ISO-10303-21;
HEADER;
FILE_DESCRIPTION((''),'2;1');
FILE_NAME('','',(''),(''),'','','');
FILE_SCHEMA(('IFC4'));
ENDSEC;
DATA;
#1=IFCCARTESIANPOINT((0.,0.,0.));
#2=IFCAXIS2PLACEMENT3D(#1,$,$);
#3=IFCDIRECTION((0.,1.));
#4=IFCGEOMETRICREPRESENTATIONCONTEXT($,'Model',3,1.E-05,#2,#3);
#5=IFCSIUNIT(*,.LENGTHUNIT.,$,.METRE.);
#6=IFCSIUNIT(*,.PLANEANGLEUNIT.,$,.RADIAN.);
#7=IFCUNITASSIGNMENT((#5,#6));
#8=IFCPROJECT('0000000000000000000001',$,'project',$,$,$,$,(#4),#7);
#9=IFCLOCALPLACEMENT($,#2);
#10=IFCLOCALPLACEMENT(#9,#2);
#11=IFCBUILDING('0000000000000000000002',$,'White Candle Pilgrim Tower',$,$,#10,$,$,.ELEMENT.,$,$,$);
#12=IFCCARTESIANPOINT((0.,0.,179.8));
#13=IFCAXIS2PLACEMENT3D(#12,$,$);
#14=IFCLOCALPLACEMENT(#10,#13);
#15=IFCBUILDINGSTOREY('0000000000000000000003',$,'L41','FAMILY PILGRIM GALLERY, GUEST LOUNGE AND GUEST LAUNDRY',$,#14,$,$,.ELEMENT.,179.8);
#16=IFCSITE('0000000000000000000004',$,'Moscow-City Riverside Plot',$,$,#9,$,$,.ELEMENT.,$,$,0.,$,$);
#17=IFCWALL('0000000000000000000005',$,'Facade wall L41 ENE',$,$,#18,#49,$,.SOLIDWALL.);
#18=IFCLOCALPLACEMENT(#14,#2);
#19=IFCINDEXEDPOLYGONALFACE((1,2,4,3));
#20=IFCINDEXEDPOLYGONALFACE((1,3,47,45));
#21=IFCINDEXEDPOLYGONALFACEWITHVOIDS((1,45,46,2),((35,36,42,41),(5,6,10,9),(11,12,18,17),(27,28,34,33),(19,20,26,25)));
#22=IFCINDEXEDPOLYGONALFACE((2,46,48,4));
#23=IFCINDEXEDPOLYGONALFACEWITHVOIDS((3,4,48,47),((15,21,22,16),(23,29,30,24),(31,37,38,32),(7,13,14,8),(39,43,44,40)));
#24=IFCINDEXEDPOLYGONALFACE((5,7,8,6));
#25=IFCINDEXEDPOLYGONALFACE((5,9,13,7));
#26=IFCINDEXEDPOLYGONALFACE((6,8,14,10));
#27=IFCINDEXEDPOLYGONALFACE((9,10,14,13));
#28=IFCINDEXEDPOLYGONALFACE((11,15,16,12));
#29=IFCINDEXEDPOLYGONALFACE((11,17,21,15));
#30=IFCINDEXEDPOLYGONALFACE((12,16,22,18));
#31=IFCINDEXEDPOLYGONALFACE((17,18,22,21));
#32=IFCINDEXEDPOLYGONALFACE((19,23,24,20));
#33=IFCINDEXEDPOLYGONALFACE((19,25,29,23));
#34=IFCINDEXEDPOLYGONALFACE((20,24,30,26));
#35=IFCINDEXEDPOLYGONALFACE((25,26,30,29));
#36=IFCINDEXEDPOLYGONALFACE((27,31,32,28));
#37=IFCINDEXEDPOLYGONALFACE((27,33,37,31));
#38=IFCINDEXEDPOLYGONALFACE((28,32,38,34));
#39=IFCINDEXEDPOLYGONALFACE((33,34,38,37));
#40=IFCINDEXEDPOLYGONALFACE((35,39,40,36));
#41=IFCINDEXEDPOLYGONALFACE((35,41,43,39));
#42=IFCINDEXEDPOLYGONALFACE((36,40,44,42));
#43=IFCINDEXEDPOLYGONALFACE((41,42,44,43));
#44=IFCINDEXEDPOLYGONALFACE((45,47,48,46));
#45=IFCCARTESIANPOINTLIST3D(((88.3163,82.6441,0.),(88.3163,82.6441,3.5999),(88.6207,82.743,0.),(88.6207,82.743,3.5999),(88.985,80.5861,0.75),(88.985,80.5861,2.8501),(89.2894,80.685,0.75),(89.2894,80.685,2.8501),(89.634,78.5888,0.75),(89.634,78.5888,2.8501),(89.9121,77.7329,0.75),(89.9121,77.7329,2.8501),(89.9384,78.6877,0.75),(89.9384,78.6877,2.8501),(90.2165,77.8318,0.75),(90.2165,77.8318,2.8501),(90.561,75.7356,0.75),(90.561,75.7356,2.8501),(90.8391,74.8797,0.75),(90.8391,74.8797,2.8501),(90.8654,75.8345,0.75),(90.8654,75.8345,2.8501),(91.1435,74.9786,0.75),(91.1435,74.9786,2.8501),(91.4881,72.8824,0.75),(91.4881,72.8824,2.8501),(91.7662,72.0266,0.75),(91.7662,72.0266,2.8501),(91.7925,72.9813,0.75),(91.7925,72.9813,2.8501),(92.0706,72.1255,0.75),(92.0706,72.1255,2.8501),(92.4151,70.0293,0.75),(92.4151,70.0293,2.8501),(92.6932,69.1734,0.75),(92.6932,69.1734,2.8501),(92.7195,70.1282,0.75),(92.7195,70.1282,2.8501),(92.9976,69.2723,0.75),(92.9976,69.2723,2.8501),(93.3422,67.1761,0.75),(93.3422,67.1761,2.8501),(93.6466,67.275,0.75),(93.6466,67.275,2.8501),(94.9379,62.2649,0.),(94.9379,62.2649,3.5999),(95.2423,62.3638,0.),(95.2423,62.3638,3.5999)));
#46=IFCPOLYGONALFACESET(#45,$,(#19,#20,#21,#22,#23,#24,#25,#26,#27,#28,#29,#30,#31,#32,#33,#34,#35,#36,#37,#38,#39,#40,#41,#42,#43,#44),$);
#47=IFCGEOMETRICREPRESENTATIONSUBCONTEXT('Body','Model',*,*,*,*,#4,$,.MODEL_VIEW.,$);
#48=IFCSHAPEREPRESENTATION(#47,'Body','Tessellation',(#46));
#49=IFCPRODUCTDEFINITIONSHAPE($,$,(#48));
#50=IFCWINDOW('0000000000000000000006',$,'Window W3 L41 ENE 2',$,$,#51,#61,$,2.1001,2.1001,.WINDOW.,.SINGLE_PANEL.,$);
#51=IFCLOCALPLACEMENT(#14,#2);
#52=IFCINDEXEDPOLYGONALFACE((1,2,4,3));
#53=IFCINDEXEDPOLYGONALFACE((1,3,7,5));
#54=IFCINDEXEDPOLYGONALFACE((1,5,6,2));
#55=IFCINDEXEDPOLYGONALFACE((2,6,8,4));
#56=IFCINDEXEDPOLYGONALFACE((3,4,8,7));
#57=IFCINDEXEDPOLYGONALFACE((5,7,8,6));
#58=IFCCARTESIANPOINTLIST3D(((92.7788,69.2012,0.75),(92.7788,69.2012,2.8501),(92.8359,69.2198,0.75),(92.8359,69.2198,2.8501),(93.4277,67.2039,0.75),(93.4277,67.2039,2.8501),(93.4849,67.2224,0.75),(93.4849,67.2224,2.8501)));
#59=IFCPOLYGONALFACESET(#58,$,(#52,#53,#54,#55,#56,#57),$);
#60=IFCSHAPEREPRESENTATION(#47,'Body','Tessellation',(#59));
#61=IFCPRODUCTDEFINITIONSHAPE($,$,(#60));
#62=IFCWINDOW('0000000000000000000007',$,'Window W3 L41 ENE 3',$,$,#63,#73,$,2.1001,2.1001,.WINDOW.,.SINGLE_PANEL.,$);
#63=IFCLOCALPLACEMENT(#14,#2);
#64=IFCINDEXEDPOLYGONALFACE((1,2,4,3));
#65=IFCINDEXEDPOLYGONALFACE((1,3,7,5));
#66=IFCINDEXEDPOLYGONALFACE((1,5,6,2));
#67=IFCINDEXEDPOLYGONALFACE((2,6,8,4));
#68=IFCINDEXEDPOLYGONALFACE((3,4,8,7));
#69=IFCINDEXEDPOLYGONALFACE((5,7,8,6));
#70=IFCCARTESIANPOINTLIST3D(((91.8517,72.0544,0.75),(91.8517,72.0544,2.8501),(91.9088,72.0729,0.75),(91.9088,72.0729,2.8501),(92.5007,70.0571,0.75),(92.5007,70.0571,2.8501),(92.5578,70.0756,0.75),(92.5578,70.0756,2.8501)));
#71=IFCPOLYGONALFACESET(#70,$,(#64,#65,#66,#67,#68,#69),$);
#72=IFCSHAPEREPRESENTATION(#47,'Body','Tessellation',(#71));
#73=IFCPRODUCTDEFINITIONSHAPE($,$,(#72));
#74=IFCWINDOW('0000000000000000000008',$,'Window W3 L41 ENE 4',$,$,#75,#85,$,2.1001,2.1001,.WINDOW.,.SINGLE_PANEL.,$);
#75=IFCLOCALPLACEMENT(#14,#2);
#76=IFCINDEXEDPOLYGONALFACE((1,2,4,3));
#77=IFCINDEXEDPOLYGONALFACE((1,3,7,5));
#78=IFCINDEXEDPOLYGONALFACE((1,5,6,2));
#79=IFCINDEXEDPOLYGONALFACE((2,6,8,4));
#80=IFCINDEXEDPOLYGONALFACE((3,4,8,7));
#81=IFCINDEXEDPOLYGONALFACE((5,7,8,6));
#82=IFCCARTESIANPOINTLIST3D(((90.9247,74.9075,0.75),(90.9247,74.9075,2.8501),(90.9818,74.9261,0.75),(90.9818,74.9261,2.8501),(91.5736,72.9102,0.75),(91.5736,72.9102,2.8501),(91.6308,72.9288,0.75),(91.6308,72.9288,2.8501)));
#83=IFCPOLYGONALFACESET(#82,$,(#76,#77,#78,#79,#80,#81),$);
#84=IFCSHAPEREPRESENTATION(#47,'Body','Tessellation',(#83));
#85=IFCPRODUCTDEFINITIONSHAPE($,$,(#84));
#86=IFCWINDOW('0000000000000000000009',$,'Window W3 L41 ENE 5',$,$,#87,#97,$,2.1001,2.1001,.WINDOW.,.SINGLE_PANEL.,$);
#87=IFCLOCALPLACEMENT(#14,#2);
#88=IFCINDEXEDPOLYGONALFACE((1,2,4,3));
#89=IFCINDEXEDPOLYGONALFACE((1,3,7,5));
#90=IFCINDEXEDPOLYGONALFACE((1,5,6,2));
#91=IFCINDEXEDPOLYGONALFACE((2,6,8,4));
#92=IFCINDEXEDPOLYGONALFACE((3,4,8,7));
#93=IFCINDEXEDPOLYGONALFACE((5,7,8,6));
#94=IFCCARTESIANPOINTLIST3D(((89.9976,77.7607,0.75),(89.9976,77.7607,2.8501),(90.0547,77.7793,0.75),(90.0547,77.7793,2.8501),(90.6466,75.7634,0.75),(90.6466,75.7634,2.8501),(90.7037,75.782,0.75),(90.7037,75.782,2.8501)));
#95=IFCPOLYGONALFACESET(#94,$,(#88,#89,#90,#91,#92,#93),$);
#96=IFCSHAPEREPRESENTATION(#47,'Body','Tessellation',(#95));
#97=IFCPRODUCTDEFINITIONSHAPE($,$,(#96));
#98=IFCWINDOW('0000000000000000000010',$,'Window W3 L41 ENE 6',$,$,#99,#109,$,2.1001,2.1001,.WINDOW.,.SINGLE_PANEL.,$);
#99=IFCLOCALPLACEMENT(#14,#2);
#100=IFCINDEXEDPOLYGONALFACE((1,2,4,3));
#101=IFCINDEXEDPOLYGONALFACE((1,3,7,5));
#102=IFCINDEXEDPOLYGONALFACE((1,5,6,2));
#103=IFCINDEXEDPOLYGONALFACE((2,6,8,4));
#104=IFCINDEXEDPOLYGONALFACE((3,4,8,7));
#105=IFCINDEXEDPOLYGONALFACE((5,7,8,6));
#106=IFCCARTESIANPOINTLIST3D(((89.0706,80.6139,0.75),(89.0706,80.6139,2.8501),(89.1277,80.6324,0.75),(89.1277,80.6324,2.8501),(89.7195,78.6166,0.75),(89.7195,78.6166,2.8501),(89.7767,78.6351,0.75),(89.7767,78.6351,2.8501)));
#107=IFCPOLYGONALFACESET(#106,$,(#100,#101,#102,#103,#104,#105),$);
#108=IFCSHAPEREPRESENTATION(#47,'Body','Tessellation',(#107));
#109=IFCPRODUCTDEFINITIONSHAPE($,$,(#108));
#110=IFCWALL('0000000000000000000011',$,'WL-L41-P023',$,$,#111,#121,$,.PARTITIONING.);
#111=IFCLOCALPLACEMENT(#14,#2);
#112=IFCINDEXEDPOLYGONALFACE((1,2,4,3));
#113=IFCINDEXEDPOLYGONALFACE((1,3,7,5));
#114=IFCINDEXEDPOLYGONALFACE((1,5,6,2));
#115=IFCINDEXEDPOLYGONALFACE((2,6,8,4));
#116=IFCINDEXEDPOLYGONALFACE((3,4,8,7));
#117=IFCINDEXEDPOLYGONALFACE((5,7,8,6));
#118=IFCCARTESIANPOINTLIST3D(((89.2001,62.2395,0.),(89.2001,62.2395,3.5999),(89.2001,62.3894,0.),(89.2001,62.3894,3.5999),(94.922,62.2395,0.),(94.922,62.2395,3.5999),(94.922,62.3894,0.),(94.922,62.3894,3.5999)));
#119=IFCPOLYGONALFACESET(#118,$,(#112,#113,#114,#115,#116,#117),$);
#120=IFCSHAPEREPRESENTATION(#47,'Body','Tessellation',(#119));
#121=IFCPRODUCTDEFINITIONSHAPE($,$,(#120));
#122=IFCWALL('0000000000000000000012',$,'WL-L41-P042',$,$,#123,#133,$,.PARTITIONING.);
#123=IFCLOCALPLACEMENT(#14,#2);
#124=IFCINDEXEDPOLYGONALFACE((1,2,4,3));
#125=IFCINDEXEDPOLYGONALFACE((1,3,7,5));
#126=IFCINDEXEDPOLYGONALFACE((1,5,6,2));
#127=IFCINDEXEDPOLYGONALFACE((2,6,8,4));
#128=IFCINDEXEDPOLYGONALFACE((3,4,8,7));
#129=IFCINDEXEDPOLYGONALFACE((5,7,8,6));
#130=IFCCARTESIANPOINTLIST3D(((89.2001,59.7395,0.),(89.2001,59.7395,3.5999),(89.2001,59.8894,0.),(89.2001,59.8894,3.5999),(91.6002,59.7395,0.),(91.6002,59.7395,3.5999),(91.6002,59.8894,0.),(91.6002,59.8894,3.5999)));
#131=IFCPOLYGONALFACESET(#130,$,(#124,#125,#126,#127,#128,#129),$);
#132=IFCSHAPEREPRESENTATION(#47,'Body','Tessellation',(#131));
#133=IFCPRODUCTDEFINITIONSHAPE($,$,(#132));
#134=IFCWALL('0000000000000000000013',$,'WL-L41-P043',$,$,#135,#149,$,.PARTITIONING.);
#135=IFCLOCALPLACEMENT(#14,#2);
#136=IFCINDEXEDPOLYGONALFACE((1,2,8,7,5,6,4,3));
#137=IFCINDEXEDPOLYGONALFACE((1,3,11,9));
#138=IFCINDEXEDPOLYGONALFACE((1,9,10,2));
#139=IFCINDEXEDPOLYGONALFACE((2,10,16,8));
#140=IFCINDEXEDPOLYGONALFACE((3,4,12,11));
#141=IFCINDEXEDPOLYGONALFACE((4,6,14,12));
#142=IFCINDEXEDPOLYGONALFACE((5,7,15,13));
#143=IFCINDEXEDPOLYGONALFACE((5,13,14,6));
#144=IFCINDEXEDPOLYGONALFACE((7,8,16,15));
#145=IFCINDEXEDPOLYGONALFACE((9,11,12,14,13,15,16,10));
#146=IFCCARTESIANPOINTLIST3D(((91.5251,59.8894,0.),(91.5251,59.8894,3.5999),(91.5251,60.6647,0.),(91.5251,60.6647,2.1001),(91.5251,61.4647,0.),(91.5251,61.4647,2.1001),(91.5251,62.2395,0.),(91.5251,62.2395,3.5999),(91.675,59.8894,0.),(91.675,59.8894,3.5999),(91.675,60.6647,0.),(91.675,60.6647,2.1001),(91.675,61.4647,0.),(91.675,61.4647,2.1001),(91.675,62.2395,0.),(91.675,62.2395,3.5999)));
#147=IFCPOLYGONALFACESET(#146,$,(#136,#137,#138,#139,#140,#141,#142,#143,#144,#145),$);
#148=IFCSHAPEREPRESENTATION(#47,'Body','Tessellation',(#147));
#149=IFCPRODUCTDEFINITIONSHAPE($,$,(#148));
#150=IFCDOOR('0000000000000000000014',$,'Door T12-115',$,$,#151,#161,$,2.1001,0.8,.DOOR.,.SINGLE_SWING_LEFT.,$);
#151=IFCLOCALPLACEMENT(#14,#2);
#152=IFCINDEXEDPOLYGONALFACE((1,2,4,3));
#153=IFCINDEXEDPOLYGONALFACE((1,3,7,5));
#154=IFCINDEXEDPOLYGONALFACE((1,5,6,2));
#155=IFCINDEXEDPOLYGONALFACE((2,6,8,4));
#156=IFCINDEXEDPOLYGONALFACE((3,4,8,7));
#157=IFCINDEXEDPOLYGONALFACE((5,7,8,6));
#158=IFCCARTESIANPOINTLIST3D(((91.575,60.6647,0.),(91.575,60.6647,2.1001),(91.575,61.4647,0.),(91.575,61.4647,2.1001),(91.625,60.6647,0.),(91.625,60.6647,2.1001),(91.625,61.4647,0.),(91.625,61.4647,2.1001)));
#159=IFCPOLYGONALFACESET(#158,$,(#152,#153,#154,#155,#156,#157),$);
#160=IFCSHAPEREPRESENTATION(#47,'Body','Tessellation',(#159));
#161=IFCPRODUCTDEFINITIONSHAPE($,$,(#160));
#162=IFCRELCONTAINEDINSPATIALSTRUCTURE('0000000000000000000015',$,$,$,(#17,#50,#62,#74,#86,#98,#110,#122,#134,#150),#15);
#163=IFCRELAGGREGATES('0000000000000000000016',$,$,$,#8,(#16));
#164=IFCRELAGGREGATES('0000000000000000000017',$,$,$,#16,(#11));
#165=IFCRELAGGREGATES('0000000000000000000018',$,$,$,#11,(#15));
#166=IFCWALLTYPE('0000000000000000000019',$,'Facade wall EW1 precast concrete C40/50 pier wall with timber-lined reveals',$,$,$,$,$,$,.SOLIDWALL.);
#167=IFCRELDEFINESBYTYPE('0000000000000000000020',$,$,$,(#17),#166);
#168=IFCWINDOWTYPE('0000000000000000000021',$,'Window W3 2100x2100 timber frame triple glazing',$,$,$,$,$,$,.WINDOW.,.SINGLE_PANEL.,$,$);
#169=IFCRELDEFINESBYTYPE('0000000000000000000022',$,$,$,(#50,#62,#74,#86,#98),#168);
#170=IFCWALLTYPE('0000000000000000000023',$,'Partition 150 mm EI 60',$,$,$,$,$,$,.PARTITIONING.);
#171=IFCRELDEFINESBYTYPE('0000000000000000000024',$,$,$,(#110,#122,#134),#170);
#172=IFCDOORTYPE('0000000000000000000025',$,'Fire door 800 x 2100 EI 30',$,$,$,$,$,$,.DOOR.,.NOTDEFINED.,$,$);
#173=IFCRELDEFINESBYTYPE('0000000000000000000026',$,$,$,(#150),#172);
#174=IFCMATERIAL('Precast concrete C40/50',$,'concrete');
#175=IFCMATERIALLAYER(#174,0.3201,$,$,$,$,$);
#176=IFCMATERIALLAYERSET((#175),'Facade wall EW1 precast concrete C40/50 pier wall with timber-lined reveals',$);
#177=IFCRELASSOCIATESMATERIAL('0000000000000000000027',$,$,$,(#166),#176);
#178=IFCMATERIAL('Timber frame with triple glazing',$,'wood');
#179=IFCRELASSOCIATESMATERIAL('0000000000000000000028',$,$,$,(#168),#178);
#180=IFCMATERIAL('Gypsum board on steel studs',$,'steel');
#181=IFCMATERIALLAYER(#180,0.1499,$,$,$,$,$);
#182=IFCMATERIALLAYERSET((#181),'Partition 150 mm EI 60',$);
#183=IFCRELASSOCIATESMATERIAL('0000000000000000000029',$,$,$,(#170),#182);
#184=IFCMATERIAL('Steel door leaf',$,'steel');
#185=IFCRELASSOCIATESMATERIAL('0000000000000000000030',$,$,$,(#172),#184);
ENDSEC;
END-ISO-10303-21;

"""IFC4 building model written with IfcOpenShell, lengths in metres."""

from ifc_helpers import new_model, si_unit, direction, frame, frame_2d, origin, place, context, subcontext, project, spatial, rectangle, extrude, material, layer, layer_set, type_object, element, fill, save


model = new_model("IFC4")

# Units and contexts
model_context = context("Model", 3, precision=1e-05, world=origin(), true_north=direction((0.0, 1.0)))
body_context = subcontext(model_context, "Body", "Model", "MODEL_VIEW")
ifc_project = project(units=[si_unit("LENGTHUNIT", "METRE"), si_unit("PLANEANGLEUNIT", "RADIAN")], contexts=[model_context])

# Site, building, storey
site_placement = place(None, origin())
site = spatial("IfcSite", under=ifc_project, at=site_placement, Name="Moscow-City Riverside Plot", CompositionType="ELEMENT", RefElevation=0.0)
building_placement = place(site_placement, origin())
building = spatial("IfcBuilding", under=site, at=building_placement, Name="White Candle Pilgrim Tower", CompositionType="ELEMENT")
storey_placement = place(building_placement, frame((0.0, 0.0, 179.8)))
storey = spatial("IfcBuildingStorey", under=building, at=storey_placement, Name="L41", Description="FAMILY PILGRIM GALLERY, GUEST LOUNGE AND GUEST LAUNDRY", CompositionType="ELEMENT", Elevation=179.8)

# Shared definitions
ifc_material_1 = material(Name="Gypsum board on steel studs", Category="steel")
ifc_material_2 = material(Name="Steel door leaf", Category="steel")

# Wall, openings, windows
ifc_material_3 = material(Name="Precast concrete C40/50", Category="concrete")
ifc_layer_1 = layer(ifc_material_3, 0.3201)
ifc_layer_set_1 = layer_set([ifc_layer_1], Name="Facade wall EW1 precast concrete C40/50 pier wall with timber-lined reveals")
wall_type_1 = type_object("IfcWallType", Name="Facade wall EW1 precast concrete C40/50 pier wall with timber-lined reveals", PredefinedType="SOLIDWALL", material=ifc_layer_set_1)
wall_1_placement = place(storey_placement, frame((95.0901, 62.3145, 0.0), z_axis=(0.0, 0.0, 1.0), x_axis=(-0.309017, 0.951057, 0.0)))
wall_1 = element("IfcWall", 1, at=wall_1_placement, inside=storey, type_object=wall_type_1, Name="Facade wall L41 ENE", PredefinedType="SOLIDWALL", context=body_context, shape_type="SweptSolid", body=[
    extrude(rectangle(XDim=21.428, YDim=0.3201, at=frame_2d((10.7139, 0.0))), origin(), (0.0, 0.0, 1.0), 3.5999),
])
opening_1_placement = place(wall_1_placement, frame((5.1638, 0.0, 0.75)))
opening_1 = element("IfcOpeningElement", 2, at=opening_1_placement, cuts=wall_1, PredefinedType="OPENING", context=body_context, shape_type="SweptSolid", body=[
    extrude(rectangle(XDim=2.1001, YDim=2.1001, at=frame_2d((1.05, 1.05))), frame((0.0, 0.1699, 0.0), z_axis=(0.0, -1.0, 0.0), x_axis=(1.0, 0.0, 0.0)), (0.0, 0.0, 1.0), 0.3401),
])
opening_2_placement = place(wall_1_placement, frame((8.1638, 0.0, 0.75)))
opening_2 = element("IfcOpeningElement", 3, at=opening_2_placement, cuts=wall_1, PredefinedType="OPENING", context=body_context, shape_type="SweptSolid", body=[
    extrude(rectangle(XDim=2.1001, YDim=2.1001, at=frame_2d((1.05, 1.05))), frame((0.0, 0.1699, 0.0), z_axis=(0.0, -1.0, 0.0), x_axis=(1.0, 0.0, 0.0)), (0.0, 0.0, 1.0), 0.3401),
])
opening_3_placement = place(wall_1_placement, frame((11.1638, 0.0, 0.75)))
opening_3 = element("IfcOpeningElement", 4, at=opening_3_placement, cuts=wall_1, PredefinedType="OPENING", context=body_context, shape_type="SweptSolid", body=[
    extrude(rectangle(XDim=2.1001, YDim=2.1001, at=frame_2d((1.05, 1.05))), frame((0.0, 0.1699, 0.0), z_axis=(0.0, -1.0, 0.0), x_axis=(1.0, 0.0, 0.0)), (0.0, 0.0, 1.0), 0.3401),
])
opening_4_placement = place(wall_1_placement, frame((14.1638, 0.0, 0.75)))
opening_4 = element("IfcOpeningElement", 5, at=opening_4_placement, cuts=wall_1, PredefinedType="OPENING", context=body_context, shape_type="SweptSolid", body=[
    extrude(rectangle(XDim=2.1001, YDim=2.1001, at=frame_2d((1.05, 1.05))), frame((0.0, 0.1699, 0.0), z_axis=(0.0, -1.0, 0.0), x_axis=(1.0, 0.0, 0.0)), (0.0, 0.0, 1.0), 0.3401),
])
opening_5_placement = place(wall_1_placement, frame((17.1638, 0.0, 0.75)))
opening_5 = element("IfcOpeningElement", 6, at=opening_5_placement, cuts=wall_1, PredefinedType="OPENING", context=body_context, shape_type="SweptSolid", body=[
    extrude(rectangle(XDim=2.1001, YDim=2.1001, at=frame_2d((1.05, 1.05))), frame((0.0, 0.1699, 0.0), z_axis=(0.0, -1.0, 0.0), x_axis=(1.0, 0.0, 0.0)), (0.0, 0.0, 1.0), 0.3401),
])
ifc_material_4 = material(Name="Timber frame with triple glazing", Category="wood")
window_type = type_object("IfcWindowType", Name="Window W3 2100x2100 timber frame triple glazing", PartitioningType="SINGLE_PANEL", PredefinedType="WINDOW", material=ifc_material_4)
window_1_placement = place(opening_1_placement, origin())
window_1 = element("IfcWindow", 7, at=window_1_placement, inside=storey, type_object=window_type, Name="Window W3 L41 ENE 2", OverallHeight=2.1001, OverallWidth=2.1001, PartitioningType="SINGLE_PANEL", PredefinedType="WINDOW", context=body_context, shape_type="SweptSolid", body=[
    extrude(rectangle(XDim=2.1001, YDim=2.1001, at=frame_2d((1.05, 1.05))), frame((0.0, 0.0701, 0.0), z_axis=(0.0, -1.0, 0.0), x_axis=(1.0, 0.0, 0.0)), (0.0, 0.0, 1.0), 0.0601),
])
fill(opening_1, window_1)
window_2_placement = place(opening_2_placement, origin())
window_2 = element("IfcWindow", 8, at=window_2_placement, inside=storey, type_object=window_type, Name="Window W3 L41 ENE 3", OverallHeight=2.1001, OverallWidth=2.1001, PartitioningType="SINGLE_PANEL", PredefinedType="WINDOW", context=body_context, shape_type="SweptSolid", body=[
    extrude(rectangle(XDim=2.1001, YDim=2.1001, at=frame_2d((1.05, 1.05))), frame((0.0, 0.0701, 0.0), z_axis=(0.0, -1.0, 0.0), x_axis=(1.0, 0.0, 0.0)), (0.0, 0.0, 1.0), 0.0601),
])
fill(opening_2, window_2)
window_3_placement = place(opening_3_placement, origin())
window_3 = element("IfcWindow", 9, at=window_3_placement, inside=storey, type_object=window_type, Name="Window W3 L41 ENE 4", OverallHeight=2.1001, OverallWidth=2.1001, PartitioningType="SINGLE_PANEL", PredefinedType="WINDOW", context=body_context, shape_type="SweptSolid", body=[
    extrude(rectangle(XDim=2.1001, YDim=2.1001, at=frame_2d((1.05, 1.05))), frame((0.0, 0.0701, 0.0), z_axis=(0.0, -1.0, 0.0), x_axis=(1.0, 0.0, 0.0)), (0.0, 0.0, 1.0), 0.0601),
])
fill(opening_3, window_3)
window_4_placement = place(opening_4_placement, origin())
window_4 = element("IfcWindow", 10, at=window_4_placement, inside=storey, type_object=window_type, Name="Window W3 L41 ENE 5", OverallHeight=2.1001, OverallWidth=2.1001, PartitioningType="SINGLE_PANEL", PredefinedType="WINDOW", context=body_context, shape_type="SweptSolid", body=[
    extrude(rectangle(XDim=2.1001, YDim=2.1001, at=frame_2d((1.05, 1.05))), frame((0.0, 0.0701, 0.0), z_axis=(0.0, -1.0, 0.0), x_axis=(1.0, 0.0, 0.0)), (0.0, 0.0, 1.0), 0.0601),
])
fill(opening_4, window_4)
window_5_placement = place(opening_5_placement, origin())
window_5 = element("IfcWindow", 11, at=window_5_placement, inside=storey, type_object=window_type, Name="Window W3 L41 ENE 6", OverallHeight=2.1001, OverallWidth=2.1001, PartitioningType="SINGLE_PANEL", PredefinedType="WINDOW", context=body_context, shape_type="SweptSolid", body=[
    extrude(rectangle(XDim=2.1001, YDim=2.1001, at=frame_2d((1.05, 1.05))), frame((0.0, 0.0701, 0.0), z_axis=(0.0, -1.0, 0.0), x_axis=(1.0, 0.0, 0.0)), (0.0, 0.0, 1.0), 0.0601),
])
fill(opening_5, window_5)

# Walls
ifc_layer_2 = layer(ifc_material_1, 0.1499)
ifc_layer_set_2 = layer_set([ifc_layer_2], Name="Partition 150 mm EI 60")
wall_type_2 = type_object("IfcWallType", Name="Partition 150 mm EI 60", PredefinedType="PARTITIONING", material=ifc_layer_set_2)
wall_2_placement = place(storey_placement, frame((94.9219, 62.3145, 0.0), z_axis=(0.0, 0.0, 1.0), x_axis=(-1.0, 0.0, 0.0)))
element("IfcWall", 12, at=wall_2_placement, inside=storey, type_object=wall_type_2, Name="WL-L41-P023", PredefinedType="PARTITIONING", context=body_context, shape_type="SweptSolid", body=[
    extrude(rectangle(XDim=5.7219, YDim=0.1499, at=frame_2d((2.8608, 0.0))), origin(), (0.0, 0.0, 1.0), 3.5999),
])
wall_3_placement = place(storey_placement, frame((89.2, 59.8145, 0.0), z_axis=(0.0, 0.0, 1.0), x_axis=(1.0, 0.0, 0.0)))
element("IfcWall", 13, at=wall_3_placement, inside=storey, type_object=wall_type_2, Name="WL-L41-P042", PredefinedType="PARTITIONING", context=body_context, shape_type="SweptSolid", body=[
    extrude(rectangle(XDim=2.4001, YDim=0.1499, at=frame_2d((1.2002, 0.0))), origin(), (0.0, 0.0, 1.0), 3.5999),
])

# Wall, opening, door
wall_4_placement = place(storey_placement, frame((91.6001, 62.2395, 0.0), z_axis=(0.0, 0.0, 1.0), x_axis=(0.0, -1.0, 0.0)))
wall_4 = element("IfcWall", 14, at=wall_4_placement, inside=storey, type_object=wall_type_2, Name="WL-L41-P043", PredefinedType="PARTITIONING", context=body_context, shape_type="SweptSolid", body=[
    extrude(rectangle(XDim=2.3501, YDim=0.1499, at=frame_2d((1.175, 0.0))), origin(), (0.0, 0.0, 1.0), 3.5999),
])
opening_6_placement = place(wall_4_placement, frame((0.7749, 0.0, 0.0)))
opening_6 = element("IfcOpeningElement", 15, at=opening_6_placement, cuts=wall_4, PredefinedType="OPENING", context=body_context, shape_type="SweptSolid", body=[
    extrude(rectangle(XDim=0.8, YDim=2.1001, at=frame_2d((0.3999, 1.05))), frame((0.0, 0.085, 0.0), z_axis=(0.0, -1.0, 0.0), x_axis=(1.0, 0.0, 0.0)), (0.0, 0.0, 1.0), 0.1699),
])
door_type_1 = type_object("IfcDoorType", Name="Fire door 800 x 2100 EI 30", OperationType="NOTDEFINED", PredefinedType="DOOR", material=ifc_material_2)
door_1_placement = place(opening_6_placement, origin())
door_1 = element("IfcDoor", 16, at=door_1_placement, inside=storey, type_object=door_type_1, Name="Door T12-115", OperationType="SINGLE_SWING_LEFT", OverallHeight=2.1001, OverallWidth=0.8, PredefinedType="DOOR", context=body_context, shape_type="SweptSolid", body=[
    extrude(rectangle(XDim=0.8, YDim=2.1001, at=frame_2d((0.3999, 1.05))), frame((0.0, 0.0249, 0.0), z_axis=(0.0, -1.0, 0.0), x_axis=(1.0, 0.0, 0.0)), (0.0, 0.0, 1.0), 0.05),
])
fill(opening_6, door_1)

save(model, "model.ifc")
